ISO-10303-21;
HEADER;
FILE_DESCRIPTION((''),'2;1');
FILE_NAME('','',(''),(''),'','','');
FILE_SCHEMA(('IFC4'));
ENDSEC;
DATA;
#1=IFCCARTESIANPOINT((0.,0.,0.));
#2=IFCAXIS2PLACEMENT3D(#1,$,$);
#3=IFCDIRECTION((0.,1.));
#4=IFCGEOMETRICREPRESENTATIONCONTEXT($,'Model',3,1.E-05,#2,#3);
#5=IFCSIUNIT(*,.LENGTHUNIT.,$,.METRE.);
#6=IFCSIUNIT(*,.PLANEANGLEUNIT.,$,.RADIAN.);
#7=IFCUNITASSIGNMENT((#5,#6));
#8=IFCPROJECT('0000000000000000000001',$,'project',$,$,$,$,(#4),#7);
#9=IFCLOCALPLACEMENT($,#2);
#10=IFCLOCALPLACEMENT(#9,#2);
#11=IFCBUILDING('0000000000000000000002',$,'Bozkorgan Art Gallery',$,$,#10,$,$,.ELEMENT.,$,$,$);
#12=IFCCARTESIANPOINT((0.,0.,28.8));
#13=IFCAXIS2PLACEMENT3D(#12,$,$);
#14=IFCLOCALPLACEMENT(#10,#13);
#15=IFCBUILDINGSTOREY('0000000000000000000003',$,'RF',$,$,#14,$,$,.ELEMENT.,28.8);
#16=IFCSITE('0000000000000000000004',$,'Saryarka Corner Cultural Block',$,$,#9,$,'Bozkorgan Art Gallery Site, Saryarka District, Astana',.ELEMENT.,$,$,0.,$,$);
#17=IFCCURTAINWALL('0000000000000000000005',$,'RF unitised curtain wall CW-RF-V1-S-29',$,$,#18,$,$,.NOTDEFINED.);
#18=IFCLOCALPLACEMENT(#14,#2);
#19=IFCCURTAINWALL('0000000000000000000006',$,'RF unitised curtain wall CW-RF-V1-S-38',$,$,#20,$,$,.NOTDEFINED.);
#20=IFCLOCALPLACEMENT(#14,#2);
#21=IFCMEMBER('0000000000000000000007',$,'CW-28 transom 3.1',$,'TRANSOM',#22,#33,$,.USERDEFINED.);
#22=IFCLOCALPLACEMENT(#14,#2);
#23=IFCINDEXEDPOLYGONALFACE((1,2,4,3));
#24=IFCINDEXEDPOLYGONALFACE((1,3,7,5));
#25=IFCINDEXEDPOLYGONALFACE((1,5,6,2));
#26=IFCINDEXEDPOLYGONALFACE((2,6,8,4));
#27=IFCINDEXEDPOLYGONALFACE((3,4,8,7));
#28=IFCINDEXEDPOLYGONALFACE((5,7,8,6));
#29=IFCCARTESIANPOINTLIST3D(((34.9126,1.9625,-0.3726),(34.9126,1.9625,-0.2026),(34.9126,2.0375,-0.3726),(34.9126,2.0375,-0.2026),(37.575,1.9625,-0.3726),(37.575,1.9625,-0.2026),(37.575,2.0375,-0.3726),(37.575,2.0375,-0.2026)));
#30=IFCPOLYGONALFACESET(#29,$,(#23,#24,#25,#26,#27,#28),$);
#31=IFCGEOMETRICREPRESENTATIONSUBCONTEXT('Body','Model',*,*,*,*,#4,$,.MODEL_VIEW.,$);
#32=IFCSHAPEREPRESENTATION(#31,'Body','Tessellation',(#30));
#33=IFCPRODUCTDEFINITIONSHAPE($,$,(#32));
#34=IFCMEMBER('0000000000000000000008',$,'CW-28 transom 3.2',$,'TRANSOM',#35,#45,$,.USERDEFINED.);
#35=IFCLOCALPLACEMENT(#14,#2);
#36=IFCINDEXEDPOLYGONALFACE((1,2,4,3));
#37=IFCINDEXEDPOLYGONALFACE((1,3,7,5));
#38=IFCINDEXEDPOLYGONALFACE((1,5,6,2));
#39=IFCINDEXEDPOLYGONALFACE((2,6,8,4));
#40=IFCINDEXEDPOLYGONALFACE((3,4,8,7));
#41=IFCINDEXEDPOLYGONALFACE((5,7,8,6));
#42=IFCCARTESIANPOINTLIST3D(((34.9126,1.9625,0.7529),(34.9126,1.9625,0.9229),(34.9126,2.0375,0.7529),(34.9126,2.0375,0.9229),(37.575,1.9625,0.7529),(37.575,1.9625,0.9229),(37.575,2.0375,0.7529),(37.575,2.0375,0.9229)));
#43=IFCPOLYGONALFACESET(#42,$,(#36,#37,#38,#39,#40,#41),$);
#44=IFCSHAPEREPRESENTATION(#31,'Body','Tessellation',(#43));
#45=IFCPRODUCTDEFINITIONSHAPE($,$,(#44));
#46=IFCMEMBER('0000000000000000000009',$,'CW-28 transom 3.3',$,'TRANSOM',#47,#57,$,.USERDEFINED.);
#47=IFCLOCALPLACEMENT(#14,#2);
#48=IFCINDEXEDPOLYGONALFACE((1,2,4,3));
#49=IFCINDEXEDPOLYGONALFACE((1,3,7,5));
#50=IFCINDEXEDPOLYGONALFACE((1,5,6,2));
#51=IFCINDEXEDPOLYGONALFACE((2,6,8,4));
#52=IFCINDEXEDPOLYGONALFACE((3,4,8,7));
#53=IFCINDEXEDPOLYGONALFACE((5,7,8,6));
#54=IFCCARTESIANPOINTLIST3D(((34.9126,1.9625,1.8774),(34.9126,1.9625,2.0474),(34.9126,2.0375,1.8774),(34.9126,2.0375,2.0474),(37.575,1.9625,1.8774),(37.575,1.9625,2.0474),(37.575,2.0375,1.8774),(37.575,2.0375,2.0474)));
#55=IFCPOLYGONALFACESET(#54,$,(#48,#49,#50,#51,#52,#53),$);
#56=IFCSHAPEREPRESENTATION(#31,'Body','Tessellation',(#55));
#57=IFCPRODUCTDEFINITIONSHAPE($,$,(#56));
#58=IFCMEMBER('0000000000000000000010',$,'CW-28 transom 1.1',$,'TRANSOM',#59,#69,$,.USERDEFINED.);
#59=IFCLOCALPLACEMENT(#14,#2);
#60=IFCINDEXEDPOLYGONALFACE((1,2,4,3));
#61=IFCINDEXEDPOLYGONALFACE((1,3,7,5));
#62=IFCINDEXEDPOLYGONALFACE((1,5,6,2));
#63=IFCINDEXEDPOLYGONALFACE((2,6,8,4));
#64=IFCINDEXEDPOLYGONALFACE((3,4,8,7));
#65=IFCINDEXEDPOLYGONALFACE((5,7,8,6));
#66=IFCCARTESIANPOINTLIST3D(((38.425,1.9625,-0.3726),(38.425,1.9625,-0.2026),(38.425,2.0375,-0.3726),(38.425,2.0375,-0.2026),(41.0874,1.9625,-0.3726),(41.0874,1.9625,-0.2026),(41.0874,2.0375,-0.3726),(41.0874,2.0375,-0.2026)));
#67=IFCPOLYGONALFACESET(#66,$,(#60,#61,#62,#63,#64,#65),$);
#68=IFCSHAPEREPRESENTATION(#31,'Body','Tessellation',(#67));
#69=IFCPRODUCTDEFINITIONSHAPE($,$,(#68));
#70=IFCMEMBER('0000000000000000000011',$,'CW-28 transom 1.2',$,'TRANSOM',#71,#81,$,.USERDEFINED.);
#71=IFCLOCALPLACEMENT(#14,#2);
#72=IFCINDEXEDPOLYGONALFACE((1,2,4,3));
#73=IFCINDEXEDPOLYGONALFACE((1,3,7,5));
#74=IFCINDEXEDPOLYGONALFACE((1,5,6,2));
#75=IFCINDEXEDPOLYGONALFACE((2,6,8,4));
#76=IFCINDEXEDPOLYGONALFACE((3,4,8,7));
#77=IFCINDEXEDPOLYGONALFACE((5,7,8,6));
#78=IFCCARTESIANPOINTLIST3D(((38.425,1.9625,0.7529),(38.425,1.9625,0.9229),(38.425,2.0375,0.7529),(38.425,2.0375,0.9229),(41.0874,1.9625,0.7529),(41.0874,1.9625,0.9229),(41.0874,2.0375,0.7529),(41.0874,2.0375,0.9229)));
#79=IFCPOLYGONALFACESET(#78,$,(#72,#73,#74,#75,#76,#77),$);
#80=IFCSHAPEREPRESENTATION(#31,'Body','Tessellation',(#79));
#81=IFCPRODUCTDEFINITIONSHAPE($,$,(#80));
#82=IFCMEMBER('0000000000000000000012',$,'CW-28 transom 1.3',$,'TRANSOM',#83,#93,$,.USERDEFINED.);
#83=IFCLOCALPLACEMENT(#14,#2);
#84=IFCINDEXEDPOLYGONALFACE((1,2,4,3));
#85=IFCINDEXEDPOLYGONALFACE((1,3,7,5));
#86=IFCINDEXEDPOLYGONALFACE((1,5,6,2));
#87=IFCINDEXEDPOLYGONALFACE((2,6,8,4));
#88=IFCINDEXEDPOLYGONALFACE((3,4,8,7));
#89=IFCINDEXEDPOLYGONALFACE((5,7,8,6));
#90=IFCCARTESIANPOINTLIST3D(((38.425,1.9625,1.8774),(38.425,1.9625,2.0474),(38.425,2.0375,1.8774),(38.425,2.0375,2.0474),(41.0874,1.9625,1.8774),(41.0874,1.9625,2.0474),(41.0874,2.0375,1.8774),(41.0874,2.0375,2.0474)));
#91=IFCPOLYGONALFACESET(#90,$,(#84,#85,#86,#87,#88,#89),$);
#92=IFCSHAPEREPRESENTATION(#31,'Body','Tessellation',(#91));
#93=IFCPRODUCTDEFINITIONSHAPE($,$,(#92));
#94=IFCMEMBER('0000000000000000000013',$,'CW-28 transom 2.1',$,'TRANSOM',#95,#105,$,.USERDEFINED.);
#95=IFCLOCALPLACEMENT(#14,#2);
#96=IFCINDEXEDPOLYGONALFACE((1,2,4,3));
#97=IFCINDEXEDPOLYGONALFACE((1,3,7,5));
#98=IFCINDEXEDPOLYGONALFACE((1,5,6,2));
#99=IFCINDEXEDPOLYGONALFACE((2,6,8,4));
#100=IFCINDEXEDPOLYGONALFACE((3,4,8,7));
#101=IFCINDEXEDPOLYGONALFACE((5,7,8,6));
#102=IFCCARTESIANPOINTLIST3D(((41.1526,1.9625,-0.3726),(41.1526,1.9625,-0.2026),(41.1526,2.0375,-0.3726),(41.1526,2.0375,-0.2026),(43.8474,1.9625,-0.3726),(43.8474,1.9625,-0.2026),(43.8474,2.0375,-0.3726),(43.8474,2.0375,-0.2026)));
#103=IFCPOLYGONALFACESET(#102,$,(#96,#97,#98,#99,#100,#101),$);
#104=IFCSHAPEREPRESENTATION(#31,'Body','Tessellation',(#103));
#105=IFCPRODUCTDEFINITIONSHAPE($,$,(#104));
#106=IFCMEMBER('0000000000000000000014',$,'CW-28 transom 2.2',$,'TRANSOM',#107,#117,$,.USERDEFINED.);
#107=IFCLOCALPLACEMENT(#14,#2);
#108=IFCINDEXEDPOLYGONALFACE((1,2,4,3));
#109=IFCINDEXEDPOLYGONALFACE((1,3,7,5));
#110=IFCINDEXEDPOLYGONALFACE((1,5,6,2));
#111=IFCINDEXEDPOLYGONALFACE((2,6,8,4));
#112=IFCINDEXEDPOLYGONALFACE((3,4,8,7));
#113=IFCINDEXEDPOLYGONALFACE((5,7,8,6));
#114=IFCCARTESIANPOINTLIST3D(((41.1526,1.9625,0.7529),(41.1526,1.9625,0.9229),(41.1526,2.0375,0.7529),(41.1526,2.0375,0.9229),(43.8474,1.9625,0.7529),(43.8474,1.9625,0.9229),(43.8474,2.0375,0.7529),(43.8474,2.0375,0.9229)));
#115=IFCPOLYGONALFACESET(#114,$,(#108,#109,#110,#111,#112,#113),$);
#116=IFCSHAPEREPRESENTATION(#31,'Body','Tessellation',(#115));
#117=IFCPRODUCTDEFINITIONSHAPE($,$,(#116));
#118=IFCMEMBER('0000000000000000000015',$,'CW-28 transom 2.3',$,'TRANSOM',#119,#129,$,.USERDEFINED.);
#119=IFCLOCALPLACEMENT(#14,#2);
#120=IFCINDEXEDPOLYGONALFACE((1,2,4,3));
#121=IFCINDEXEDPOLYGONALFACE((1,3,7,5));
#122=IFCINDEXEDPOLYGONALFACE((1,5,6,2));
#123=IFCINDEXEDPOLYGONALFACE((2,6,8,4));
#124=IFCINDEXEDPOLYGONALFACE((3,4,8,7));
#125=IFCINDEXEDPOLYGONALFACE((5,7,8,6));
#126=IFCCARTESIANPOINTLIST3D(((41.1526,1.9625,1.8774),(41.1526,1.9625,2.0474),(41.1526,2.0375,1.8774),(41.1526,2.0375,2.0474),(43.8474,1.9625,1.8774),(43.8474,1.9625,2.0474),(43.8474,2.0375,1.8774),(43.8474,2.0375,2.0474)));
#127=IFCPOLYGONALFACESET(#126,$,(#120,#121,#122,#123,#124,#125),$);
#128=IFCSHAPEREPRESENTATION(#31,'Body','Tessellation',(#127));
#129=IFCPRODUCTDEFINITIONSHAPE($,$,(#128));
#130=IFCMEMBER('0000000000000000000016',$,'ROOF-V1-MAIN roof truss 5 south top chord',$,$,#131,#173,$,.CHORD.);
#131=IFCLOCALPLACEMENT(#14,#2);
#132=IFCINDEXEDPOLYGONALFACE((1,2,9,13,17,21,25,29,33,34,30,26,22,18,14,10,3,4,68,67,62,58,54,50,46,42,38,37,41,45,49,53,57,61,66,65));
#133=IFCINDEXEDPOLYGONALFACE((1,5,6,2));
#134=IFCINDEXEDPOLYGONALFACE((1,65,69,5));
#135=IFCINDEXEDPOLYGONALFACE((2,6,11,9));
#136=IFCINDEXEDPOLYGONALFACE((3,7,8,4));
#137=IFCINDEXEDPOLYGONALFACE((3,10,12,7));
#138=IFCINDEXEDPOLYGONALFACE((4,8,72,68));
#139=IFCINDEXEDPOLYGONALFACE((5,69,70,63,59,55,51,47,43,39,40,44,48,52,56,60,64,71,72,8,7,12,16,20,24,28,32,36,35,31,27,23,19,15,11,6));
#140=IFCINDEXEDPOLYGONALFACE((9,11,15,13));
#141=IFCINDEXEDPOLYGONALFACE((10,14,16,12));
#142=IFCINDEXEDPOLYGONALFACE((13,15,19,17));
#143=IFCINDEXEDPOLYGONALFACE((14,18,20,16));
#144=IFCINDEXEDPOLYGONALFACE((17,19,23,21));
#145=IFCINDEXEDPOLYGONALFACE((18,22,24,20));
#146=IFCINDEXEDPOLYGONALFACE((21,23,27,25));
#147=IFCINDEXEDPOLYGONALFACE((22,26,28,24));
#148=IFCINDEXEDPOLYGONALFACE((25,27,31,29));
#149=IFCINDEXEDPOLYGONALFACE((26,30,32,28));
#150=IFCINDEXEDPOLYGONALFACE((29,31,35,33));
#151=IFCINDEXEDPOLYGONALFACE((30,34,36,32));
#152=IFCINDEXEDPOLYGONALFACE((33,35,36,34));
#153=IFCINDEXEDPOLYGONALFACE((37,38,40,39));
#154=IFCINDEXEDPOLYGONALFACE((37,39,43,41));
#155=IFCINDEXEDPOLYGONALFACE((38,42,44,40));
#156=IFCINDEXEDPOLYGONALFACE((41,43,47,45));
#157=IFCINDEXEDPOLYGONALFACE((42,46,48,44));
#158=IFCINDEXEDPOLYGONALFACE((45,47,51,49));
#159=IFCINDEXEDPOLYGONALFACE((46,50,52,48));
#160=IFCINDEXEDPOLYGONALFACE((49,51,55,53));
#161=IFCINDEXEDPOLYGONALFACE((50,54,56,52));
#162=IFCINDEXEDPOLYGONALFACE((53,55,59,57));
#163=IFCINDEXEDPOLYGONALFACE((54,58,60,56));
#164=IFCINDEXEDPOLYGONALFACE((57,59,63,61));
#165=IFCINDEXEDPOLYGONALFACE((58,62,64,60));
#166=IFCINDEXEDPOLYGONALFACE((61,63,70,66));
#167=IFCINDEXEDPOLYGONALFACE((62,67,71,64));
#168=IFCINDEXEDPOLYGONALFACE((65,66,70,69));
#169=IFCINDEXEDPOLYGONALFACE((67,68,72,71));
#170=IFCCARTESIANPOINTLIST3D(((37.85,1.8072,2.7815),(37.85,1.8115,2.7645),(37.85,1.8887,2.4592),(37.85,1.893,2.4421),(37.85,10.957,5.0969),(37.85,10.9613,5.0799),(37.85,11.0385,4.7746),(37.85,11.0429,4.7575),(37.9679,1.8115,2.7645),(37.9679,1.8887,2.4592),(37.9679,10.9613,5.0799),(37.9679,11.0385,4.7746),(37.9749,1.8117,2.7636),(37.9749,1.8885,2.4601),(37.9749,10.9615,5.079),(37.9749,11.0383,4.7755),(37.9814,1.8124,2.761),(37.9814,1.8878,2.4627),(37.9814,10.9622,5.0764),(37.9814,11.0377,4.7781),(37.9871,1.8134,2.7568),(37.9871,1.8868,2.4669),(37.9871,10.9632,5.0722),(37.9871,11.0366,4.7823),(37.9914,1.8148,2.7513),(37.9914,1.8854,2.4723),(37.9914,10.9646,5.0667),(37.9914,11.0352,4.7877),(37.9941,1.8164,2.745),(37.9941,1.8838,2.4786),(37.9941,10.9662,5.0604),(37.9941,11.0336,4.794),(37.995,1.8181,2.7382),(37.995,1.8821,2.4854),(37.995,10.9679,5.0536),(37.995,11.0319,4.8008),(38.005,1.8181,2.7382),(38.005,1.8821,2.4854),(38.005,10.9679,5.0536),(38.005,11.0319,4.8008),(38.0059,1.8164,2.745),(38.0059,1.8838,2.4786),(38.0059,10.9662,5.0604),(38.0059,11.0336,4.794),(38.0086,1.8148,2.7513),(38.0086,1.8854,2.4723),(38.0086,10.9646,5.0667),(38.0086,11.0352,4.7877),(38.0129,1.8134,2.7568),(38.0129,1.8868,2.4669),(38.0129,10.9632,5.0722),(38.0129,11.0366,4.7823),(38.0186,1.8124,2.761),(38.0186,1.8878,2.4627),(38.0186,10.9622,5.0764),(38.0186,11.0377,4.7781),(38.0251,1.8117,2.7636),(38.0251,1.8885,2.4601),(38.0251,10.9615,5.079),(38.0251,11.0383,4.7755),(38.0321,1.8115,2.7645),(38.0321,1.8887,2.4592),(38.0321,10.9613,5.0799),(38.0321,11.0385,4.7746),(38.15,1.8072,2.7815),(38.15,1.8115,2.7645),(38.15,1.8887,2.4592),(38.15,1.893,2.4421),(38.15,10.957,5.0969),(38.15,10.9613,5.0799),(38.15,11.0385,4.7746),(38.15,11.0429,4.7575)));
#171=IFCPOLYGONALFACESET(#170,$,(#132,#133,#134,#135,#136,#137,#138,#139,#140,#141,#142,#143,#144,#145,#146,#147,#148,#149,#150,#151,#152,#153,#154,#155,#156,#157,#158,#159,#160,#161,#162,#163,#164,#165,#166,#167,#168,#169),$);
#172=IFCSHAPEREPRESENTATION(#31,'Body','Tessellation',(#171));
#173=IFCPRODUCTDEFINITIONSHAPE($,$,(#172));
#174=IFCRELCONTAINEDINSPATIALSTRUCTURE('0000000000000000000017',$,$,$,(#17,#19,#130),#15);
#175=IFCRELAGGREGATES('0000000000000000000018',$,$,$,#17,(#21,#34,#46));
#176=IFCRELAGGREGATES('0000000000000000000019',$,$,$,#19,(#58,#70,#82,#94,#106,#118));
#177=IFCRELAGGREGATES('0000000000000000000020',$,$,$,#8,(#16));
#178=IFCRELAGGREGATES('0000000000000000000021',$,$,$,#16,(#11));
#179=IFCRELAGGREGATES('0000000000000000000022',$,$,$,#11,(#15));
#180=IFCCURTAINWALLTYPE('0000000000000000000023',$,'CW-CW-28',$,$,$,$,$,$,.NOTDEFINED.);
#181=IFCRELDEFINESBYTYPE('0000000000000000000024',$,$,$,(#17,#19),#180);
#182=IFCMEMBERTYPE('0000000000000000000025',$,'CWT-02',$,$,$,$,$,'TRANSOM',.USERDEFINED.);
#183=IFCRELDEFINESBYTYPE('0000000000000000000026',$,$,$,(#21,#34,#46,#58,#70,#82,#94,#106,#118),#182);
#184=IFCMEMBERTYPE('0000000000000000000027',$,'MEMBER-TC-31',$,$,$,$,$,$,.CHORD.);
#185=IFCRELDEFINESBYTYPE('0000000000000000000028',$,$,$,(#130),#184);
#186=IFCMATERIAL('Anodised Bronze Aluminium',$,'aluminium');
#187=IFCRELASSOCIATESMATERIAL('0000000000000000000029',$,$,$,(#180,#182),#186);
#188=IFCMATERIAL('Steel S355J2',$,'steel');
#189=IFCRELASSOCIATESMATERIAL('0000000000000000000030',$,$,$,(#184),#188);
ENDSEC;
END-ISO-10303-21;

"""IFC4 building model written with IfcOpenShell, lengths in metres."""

from ifc_helpers import new_model, si_unit, direction, frame, origin, origin_2d, place, context, subcontext, project, spatial, rectangle, i_section, extrude, material, material_profile, profile_set, type_object, element, aggregate, save


model = new_model("IFC4")

# Units and contexts
model_context = context("Model", 3, precision=1e-05, world=origin(), true_north=direction((0.0, 1.0)))
body_context = subcontext(model_context, "Body", "Model", "MODEL_VIEW")
ifc_project = project(units=[si_unit("LENGTHUNIT", "METRE"), si_unit("PLANEANGLEUNIT", "RADIAN")], contexts=[model_context])

# Site, building, storey
site_placement = place(None, origin())
site = spatial("IfcSite", under=ifc_project, at=site_placement, Name="Saryarka Corner Cultural Block", LongName="Bozkorgan Art Gallery Site, Saryarka District, Astana", CompositionType="ELEMENT", RefElevation=0.0)
building_placement = place(site_placement, origin())
building = spatial("IfcBuilding", under=site, at=building_placement, Name="Bozkorgan Art Gallery", CompositionType="ELEMENT")
storey_placement = place(building_placement, frame((0.0, 0.0, 28.8)))
storey = spatial("IfcBuildingStorey", under=building, at=storey_placement, Name="RF", CompositionType="ELEMENT", Elevation=28.8)

# Shared definitions
ifc_material_1 = material(Name="Steel S355J2", Category="steel")

# Curtain walls
ifc_material_2 = material(Name="Anodised Bronze Aluminium", Category="aluminium")
curtain_wall_type = type_object("IfcCurtainWallType", Name="CW-CW-28", PredefinedType="NOTDEFINED", material=ifc_material_2)
curtain_wall_1_placement = place(storey_placement, origin())
curtain_wall_1 = element("IfcCurtainWall", 1, at=curtain_wall_1_placement, inside=storey, type_object=curtain_wall_type, Name="RF unitised curtain wall CW-RF-V1-S-29", PredefinedType="NOTDEFINED")
curtain_wall_2_placement = place(storey_placement, origin())
curtain_wall_2 = element("IfcCurtainWall", 2, at=curtain_wall_2_placement, inside=storey, type_object=curtain_wall_type, Name="RF unitised curtain wall CW-RF-V1-S-38", PredefinedType="NOTDEFINED")

# Members
ifc_material_profile_1 = material_profile(ifc_material_2, rectangle(XDim=0.075, YDim=0.1699, at=origin_2d()), Name="ALU TRANSOM 75x170")
ifc_profile_set_1 = profile_set([ifc_material_profile_1], Name="Anodised Bronze Aluminium")
member_type_1 = type_object("IfcMemberType", Name="CWT-02", ElementType="TRANSOM", PredefinedType="USERDEFINED", material=ifc_profile_set_1)
member_1_placement = place(storey_placement, frame((34.9126, 2.0, -0.2876), z_axis=(1.0, 0.0, 0.0), x_axis=(0.0, 1.0, 0.0)))
member_1 = element("IfcMember", 3, at=member_1_placement, type_object=member_type_1, Name="CW-28 transom 3.1", ObjectType="TRANSOM", PredefinedType="USERDEFINED", context=body_context, shape_type="SweptSolid", body=[
    extrude(rectangle(XDim=0.075, YDim=0.1699, at=origin_2d()), origin(), (0.0, 0.0, 1.0), 2.6624),
])
member_2_placement = place(storey_placement, frame((34.9126, 2.0, 0.8379), z_axis=(1.0, 0.0, 0.0), x_axis=(0.0, 1.0, 0.0)))
member_2 = element("IfcMember", 4, at=member_2_placement, type_object=member_type_1, Name="CW-28 transom 3.2", ObjectType="TRANSOM", PredefinedType="USERDEFINED", context=body_context, shape_type="SweptSolid", body=[
    extrude(rectangle(XDim=0.075, YDim=0.1699, at=origin_2d()), origin(), (0.0, 0.0, 1.0), 2.6624),
])
member_3_placement = place(storey_placement, frame((34.9126, 2.0, 1.9624), z_axis=(1.0, 0.0, 0.0), x_axis=(0.0, 1.0, 0.0)))
member_3 = element("IfcMember", 5, at=member_3_placement, type_object=member_type_1, Name="CW-28 transom 3.3", ObjectType="TRANSOM", PredefinedType="USERDEFINED", context=body_context, shape_type="SweptSolid", body=[
    extrude(rectangle(XDim=0.075, YDim=0.1699, at=origin_2d()), origin(), (0.0, 0.0, 1.0), 2.6624),
])
member_4_placement = place(storey_placement, frame((38.425, 2.0, -0.2876), z_axis=(1.0, 0.0, 0.0), x_axis=(0.0, 1.0, 0.0)))
member_4 = element("IfcMember", 6, at=member_4_placement, type_object=member_type_1, Name="CW-28 transom 1.1", ObjectType="TRANSOM", PredefinedType="USERDEFINED", context=body_context, shape_type="SweptSolid", body=[
    extrude(rectangle(XDim=0.075, YDim=0.1699, at=origin_2d()), origin(), (0.0, 0.0, 1.0), 2.6624),
])
member_5_placement = place(storey_placement, frame((38.425, 2.0, 0.8379), z_axis=(1.0, 0.0, 0.0), x_axis=(0.0, 1.0, 0.0)))
member_5 = element("IfcMember", 7, at=member_5_placement, type_object=member_type_1, Name="CW-28 transom 1.2", ObjectType="TRANSOM", PredefinedType="USERDEFINED", context=body_context, shape_type="SweptSolid", body=[
    extrude(rectangle(XDim=0.075, YDim=0.1699, at=origin_2d()), origin(), (0.0, 0.0, 1.0), 2.6624),
])
member_6_placement = place(storey_placement, frame((38.425, 2.0, 1.9624), z_axis=(1.0, 0.0, 0.0), x_axis=(0.0, 1.0, 0.0)))
member_6 = element("IfcMember", 8, at=member_6_placement, type_object=member_type_1, Name="CW-28 transom 1.3", ObjectType="TRANSOM", PredefinedType="USERDEFINED", context=body_context, shape_type="SweptSolid", body=[
    extrude(rectangle(XDim=0.075, YDim=0.1699, at=origin_2d()), origin(), (0.0, 0.0, 1.0), 2.6624),
])
member_7_placement = place(storey_placement, frame((41.1526, 2.0, -0.2876), z_axis=(1.0, 0.0, 0.0), x_axis=(0.0, 1.0, 0.0)))
member_7 = element("IfcMember", 9, at=member_7_placement, type_object=member_type_1, Name="CW-28 transom 2.1", ObjectType="TRANSOM", PredefinedType="USERDEFINED", context=body_context, shape_type="SweptSolid", body=[
    extrude(rectangle(XDim=0.075, YDim=0.1699, at=origin_2d()), origin(), (0.0, 0.0, 1.0), 2.6948),
])
member_8_placement = place(storey_placement, frame((41.1526, 2.0, 0.8379), z_axis=(1.0, 0.0, 0.0), x_axis=(0.0, 1.0, 0.0)))
member_8 = element("IfcMember", 10, at=member_8_placement, type_object=member_type_1, Name="CW-28 transom 2.2", ObjectType="TRANSOM", PredefinedType="USERDEFINED", context=body_context, shape_type="SweptSolid", body=[
    extrude(rectangle(XDim=0.075, YDim=0.1699, at=origin_2d()), origin(), (0.0, 0.0, 1.0), 2.6948),
])
member_9_placement = place(storey_placement, frame((41.1526, 2.0, 1.9624), z_axis=(1.0, 0.0, 0.0), x_axis=(0.0, 1.0, 0.0)))
member_9 = element("IfcMember", 11, at=member_9_placement, type_object=member_type_1, Name="CW-28 transom 2.3", ObjectType="TRANSOM", PredefinedType="USERDEFINED", context=body_context, shape_type="SweptSolid", body=[
    extrude(rectangle(XDim=0.075, YDim=0.1699, at=origin_2d()), origin(), (0.0, 0.0, 1.0), 2.6948),
])

# Member
ifc_material_profile_2 = material_profile(ifc_material_1, i_section(OverallWidth=0.3, OverallDepth=0.3501, WebThickness=0.01, FlangeThickness=0.0176, FilletRadius=0.0271, at=origin_2d()), Name="HEA 360")
ifc_profile_set_2 = profile_set([ifc_material_profile_2], Name="Steel S355J2")
member_type_2 = type_object("IfcMemberType", Name="MEMBER-TC-31", PredefinedType="CHORD", material=ifc_profile_set_2)
for number, where, z_axis, x_axis, name in (
    (12, (38.0, 1.8501, 2.6118), (0.0, 0.969442, 0.245322), (-1.0, 0.0, 0.0), "ROOF-V1-MAIN roof truss 5 south top chord"),
):
    element("IfcMember", number, at=place(storey_placement, frame(where, z_axis=z_axis, x_axis=x_axis)), inside=storey, type_object=member_type_2, Name=name, PredefinedType="CHORD", context=body_context, shape_type="SweptSolid", body=[
        extrude(i_section(OverallWidth=0.3, OverallDepth=0.3501, WebThickness=0.01, FlangeThickness=0.0176, FilletRadius=0.0271, at=origin_2d()), origin(), (0.0, 0.0, 1.0), 9.4382),
    ])

aggregate(curtain_wall_1, [member_1, member_2, member_3])
aggregate(curtain_wall_2, [member_4, member_5, member_6, member_7, member_8, member_9])

save(model, "model.ifc")
